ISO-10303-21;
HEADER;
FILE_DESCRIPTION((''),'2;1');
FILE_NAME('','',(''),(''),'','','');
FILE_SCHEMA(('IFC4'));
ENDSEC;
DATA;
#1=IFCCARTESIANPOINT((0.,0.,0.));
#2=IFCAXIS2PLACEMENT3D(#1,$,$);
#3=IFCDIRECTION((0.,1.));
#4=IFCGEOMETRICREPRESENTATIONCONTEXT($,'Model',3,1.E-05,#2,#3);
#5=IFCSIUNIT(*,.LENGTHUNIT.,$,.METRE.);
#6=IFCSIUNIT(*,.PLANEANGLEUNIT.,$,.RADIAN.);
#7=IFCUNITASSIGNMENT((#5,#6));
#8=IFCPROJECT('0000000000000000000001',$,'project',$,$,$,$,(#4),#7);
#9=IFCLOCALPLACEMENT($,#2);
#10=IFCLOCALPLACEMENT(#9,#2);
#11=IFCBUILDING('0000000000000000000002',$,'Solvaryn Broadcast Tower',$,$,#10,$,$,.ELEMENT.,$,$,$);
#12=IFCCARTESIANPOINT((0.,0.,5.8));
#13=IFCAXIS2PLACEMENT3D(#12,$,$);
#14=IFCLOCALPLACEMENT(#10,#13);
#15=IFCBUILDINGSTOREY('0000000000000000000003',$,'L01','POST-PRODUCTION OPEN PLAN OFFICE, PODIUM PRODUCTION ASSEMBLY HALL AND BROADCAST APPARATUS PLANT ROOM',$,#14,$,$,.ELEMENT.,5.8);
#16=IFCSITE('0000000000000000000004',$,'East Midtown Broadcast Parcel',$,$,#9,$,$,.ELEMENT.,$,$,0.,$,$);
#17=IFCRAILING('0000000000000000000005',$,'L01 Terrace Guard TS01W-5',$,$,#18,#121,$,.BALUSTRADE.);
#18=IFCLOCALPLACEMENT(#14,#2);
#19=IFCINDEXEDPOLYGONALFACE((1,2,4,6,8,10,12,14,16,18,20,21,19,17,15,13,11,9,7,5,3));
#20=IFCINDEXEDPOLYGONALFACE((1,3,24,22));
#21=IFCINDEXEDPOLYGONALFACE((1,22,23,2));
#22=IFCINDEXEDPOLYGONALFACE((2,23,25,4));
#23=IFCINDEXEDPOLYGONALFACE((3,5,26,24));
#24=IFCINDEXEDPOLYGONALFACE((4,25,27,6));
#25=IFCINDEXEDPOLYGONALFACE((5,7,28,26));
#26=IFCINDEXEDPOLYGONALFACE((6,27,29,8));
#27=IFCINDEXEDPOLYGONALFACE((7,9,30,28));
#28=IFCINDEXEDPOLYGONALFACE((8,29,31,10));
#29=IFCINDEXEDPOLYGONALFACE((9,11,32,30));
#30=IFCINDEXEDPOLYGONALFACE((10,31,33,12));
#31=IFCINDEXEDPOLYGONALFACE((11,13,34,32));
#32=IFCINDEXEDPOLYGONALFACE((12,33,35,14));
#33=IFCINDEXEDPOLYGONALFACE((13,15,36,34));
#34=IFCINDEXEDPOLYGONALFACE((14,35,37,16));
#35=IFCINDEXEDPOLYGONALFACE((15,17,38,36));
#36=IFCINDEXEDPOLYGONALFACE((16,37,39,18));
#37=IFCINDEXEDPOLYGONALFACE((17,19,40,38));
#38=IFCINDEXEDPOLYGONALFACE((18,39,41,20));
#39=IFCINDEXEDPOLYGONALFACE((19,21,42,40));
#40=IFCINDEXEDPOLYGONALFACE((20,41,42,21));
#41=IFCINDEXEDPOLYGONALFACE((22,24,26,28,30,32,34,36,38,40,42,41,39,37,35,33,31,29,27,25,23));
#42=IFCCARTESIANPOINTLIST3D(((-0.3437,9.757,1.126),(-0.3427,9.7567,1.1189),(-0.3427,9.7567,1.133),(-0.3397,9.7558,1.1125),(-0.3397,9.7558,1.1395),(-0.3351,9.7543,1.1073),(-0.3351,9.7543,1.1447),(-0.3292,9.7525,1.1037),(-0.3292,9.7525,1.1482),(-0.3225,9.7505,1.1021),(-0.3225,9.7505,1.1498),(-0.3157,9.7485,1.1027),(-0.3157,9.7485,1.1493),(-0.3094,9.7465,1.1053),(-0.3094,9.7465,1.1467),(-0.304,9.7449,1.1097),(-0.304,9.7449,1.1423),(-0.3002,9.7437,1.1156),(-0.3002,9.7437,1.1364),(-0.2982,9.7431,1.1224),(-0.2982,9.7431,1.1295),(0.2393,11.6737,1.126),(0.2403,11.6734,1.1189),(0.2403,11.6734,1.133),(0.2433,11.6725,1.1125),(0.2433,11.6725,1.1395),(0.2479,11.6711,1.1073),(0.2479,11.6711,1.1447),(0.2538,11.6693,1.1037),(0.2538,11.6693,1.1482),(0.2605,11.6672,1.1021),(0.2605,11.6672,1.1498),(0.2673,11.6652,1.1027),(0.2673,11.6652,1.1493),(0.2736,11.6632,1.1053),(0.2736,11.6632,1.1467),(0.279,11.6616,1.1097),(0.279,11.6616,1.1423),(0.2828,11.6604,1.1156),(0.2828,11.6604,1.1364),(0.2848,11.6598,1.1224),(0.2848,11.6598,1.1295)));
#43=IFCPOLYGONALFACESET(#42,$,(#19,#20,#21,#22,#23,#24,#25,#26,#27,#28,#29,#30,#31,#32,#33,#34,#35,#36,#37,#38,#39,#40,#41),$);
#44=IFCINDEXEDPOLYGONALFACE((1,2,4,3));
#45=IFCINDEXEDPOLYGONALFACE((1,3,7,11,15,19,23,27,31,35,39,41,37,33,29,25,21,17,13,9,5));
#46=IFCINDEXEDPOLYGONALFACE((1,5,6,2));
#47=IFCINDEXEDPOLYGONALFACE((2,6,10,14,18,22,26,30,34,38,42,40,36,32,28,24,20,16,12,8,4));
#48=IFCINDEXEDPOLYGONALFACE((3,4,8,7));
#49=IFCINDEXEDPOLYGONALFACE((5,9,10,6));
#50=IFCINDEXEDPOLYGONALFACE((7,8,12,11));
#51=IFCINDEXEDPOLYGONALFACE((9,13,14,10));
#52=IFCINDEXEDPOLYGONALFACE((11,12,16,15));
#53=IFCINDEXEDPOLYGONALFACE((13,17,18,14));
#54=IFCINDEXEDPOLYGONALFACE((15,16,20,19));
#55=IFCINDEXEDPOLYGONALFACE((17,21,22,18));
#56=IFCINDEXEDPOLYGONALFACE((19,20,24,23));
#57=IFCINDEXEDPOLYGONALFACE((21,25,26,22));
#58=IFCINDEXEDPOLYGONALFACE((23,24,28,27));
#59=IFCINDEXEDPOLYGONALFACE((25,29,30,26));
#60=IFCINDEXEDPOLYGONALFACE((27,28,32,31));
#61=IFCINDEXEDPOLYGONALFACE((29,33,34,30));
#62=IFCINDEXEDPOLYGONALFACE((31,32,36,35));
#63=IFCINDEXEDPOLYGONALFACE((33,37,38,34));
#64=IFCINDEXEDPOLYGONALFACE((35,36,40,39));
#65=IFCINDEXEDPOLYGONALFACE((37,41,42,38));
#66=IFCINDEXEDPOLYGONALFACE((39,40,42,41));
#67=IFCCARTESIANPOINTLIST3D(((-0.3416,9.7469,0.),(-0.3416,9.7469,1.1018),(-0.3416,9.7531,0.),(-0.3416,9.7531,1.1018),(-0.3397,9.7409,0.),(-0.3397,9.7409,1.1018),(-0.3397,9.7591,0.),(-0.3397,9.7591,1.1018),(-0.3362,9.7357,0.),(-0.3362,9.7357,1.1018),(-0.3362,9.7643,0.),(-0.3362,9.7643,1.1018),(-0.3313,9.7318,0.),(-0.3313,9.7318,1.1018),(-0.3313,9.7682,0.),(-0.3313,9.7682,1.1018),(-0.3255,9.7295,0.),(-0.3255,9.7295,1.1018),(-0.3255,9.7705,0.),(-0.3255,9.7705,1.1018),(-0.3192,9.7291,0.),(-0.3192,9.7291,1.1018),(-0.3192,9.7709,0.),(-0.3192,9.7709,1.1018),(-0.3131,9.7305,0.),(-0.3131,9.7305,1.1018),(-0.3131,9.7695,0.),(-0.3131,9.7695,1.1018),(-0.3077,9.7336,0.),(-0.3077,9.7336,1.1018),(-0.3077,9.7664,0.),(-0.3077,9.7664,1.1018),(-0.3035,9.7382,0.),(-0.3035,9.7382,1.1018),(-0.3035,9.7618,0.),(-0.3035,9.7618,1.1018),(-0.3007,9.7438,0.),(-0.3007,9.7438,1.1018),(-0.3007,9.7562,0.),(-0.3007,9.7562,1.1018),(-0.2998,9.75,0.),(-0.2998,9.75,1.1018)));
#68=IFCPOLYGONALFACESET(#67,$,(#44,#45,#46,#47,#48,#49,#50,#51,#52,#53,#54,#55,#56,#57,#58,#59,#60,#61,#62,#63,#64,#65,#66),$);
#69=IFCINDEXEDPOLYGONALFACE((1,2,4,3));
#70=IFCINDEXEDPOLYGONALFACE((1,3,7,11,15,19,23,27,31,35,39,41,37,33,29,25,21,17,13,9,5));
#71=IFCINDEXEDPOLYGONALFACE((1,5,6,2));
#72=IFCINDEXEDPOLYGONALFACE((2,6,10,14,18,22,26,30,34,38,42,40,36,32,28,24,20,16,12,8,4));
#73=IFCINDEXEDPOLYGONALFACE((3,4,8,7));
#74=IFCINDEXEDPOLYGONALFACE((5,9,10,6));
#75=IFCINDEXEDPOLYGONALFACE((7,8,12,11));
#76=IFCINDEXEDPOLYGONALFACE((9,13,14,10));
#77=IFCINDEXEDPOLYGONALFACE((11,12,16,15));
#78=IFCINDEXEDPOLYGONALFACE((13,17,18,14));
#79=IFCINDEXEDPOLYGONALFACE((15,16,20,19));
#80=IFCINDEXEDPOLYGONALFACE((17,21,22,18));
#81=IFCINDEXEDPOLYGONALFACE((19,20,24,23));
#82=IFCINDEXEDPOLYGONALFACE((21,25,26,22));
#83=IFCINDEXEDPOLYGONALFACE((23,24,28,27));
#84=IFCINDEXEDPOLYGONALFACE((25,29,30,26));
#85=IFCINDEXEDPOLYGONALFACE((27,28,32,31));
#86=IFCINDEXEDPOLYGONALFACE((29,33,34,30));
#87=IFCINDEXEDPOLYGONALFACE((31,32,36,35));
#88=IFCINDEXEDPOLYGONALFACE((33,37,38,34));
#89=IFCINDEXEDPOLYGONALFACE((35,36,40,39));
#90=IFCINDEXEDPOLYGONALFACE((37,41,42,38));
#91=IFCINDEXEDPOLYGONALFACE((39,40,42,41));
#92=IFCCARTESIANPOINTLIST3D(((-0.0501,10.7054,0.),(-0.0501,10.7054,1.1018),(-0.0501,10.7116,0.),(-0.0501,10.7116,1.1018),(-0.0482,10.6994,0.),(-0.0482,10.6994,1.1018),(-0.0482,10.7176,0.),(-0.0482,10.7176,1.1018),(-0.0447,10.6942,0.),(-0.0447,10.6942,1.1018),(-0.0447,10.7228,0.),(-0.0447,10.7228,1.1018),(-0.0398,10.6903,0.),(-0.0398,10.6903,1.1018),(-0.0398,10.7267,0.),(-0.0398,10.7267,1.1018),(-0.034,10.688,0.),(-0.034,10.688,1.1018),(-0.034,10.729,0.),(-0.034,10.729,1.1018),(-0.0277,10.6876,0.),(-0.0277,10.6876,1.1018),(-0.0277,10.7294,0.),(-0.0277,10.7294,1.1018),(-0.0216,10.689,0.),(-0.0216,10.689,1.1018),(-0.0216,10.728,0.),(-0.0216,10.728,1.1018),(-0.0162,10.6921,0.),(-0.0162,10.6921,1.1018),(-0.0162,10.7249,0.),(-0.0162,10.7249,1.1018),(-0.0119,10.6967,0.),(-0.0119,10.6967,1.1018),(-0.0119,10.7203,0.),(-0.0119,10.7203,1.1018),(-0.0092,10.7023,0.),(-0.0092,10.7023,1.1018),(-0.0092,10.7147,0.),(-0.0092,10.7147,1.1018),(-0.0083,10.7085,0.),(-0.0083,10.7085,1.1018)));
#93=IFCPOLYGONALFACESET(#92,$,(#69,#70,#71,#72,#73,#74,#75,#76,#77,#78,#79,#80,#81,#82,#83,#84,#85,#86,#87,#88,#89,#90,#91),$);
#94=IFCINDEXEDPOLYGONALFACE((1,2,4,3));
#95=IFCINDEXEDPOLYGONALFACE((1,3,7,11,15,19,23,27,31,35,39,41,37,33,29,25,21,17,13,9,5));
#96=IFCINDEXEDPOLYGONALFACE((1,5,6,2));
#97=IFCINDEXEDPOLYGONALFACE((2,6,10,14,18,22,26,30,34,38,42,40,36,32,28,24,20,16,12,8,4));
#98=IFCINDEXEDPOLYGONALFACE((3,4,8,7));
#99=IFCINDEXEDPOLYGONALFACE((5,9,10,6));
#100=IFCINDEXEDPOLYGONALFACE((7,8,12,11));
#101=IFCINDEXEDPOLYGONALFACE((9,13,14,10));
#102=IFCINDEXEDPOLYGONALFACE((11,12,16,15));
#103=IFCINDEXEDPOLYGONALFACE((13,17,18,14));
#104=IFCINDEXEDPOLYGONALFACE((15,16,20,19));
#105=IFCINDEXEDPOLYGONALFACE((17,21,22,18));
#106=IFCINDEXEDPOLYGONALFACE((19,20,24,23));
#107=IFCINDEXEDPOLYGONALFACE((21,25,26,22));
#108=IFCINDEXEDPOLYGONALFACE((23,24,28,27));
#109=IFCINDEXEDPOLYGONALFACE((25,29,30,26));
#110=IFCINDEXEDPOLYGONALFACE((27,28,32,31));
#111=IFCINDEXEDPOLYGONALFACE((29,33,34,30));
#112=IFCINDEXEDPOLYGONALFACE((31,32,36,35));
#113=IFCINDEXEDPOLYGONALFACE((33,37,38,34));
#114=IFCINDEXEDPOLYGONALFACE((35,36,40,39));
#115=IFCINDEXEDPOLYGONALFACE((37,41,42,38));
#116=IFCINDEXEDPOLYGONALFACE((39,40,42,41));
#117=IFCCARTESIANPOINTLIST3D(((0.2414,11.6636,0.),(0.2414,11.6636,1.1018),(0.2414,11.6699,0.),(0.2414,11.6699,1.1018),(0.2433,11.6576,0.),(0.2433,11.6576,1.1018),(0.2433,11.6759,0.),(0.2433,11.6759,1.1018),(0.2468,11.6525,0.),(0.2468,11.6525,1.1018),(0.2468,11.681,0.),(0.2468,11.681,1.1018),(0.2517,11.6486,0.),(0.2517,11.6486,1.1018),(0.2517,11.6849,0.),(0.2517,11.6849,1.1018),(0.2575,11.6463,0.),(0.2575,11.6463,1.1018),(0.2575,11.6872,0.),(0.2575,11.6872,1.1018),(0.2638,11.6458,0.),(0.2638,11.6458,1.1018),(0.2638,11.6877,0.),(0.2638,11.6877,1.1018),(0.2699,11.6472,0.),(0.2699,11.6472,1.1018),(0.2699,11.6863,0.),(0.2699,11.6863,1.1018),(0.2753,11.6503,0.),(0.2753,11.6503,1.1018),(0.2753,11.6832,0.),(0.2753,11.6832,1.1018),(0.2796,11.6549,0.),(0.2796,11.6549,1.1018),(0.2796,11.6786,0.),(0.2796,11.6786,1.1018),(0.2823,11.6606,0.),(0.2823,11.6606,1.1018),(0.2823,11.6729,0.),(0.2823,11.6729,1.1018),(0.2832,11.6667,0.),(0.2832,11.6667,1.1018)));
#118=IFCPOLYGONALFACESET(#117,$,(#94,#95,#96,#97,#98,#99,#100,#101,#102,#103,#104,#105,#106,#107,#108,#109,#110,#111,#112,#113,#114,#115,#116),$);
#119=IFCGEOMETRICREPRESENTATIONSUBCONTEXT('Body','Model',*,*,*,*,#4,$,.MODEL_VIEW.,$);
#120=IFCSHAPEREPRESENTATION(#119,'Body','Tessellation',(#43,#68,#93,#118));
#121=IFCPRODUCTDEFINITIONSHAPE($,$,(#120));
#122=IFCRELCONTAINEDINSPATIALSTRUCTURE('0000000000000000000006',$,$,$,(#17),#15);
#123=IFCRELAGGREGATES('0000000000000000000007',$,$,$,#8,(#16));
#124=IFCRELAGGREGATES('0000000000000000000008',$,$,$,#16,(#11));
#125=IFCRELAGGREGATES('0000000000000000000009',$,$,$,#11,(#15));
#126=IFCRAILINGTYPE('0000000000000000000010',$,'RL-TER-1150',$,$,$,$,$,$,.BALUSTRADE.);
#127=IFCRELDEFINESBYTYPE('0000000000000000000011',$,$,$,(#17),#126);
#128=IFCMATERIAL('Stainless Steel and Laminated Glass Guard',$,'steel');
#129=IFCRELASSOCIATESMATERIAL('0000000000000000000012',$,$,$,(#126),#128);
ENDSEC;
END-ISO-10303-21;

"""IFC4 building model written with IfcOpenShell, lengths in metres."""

from ifc_helpers import new_model, si_unit, direction, frame, origin, origin_2d, place, context, subcontext, project, spatial, circle, extrude, material, type_object, element, save


model = new_model("IFC4")

# Units and contexts
model_context = context("Model", 3, precision=1e-05, world=origin(), true_north=direction((0.0, 1.0)))
body_context = subcontext(model_context, "Body", "Model", "MODEL_VIEW")
ifc_project = project(units=[si_unit("LENGTHUNIT", "METRE"), si_unit("PLANEANGLEUNIT", "RADIAN")], contexts=[model_context])

# Site, building, storey
site_placement = place(None, origin())
site = spatial("IfcSite", under=ifc_project, at=site_placement, Name="East Midtown Broadcast Parcel", CompositionType="ELEMENT", RefElevation=0.0)
building_placement = place(site_placement, origin())
building = spatial("IfcBuilding", under=site, at=building_placement, Name="Solvaryn Broadcast Tower", CompositionType="ELEMENT")
storey_placement = place(building_placement, frame((0.0, 0.0, 5.8)))
storey = spatial("IfcBuildingStorey", under=building, at=storey_placement, Name="L01", Description="POST-PRODUCTION OPEN PLAN OFFICE, PODIUM PRODUCTION ASSEMBLY HALL AND BROADCAST APPARATUS PLANT ROOM", CompositionType="ELEMENT", Elevation=5.8)

# Railing
ifc_material_1 = material(Name="Stainless Steel and Laminated Glass Guard", Category="steel")
railing_type = type_object("IfcRailingType", Name="RL-TER-1150", PredefinedType="BALUSTRADE", material=ifc_material_1)
railing_1_placement = place(storey_placement, frame((-0.3208, 9.75, 0.0)))
element("IfcRailing", 1, at=railing_1_placement, inside=storey, type_object=railing_type, Name="L01 Terrace Guard TS01W-5", PredefinedType="BALUSTRADE", context=body_context, shape_type="SweptSolid", body=[
    extrude(circle(Radius=0.0239, at=origin_2d()), frame((0.0, 0.0, 1.126), z_axis=(0.291002, 0.956723, 0.0), x_axis=(-0.956723, 0.291002, 0.0)), (0.0, 0.0, 1.0), 2.0034),
    extrude(circle(Radius=0.021, at=origin_2d()), origin(), (0.0, 0.0, 1.0), 1.1018),
    extrude(circle(Radius=0.021, at=origin_2d()), frame((0.2915, 0.9585, 0.0)), (0.0, 0.0, 1.0), 1.1018),
    extrude(circle(Radius=0.021, at=origin_2d()), frame((0.583, 1.9167, 0.0)), (0.0, 0.0, 1.0), 1.1018),
])

save(model, "model.ifc")
